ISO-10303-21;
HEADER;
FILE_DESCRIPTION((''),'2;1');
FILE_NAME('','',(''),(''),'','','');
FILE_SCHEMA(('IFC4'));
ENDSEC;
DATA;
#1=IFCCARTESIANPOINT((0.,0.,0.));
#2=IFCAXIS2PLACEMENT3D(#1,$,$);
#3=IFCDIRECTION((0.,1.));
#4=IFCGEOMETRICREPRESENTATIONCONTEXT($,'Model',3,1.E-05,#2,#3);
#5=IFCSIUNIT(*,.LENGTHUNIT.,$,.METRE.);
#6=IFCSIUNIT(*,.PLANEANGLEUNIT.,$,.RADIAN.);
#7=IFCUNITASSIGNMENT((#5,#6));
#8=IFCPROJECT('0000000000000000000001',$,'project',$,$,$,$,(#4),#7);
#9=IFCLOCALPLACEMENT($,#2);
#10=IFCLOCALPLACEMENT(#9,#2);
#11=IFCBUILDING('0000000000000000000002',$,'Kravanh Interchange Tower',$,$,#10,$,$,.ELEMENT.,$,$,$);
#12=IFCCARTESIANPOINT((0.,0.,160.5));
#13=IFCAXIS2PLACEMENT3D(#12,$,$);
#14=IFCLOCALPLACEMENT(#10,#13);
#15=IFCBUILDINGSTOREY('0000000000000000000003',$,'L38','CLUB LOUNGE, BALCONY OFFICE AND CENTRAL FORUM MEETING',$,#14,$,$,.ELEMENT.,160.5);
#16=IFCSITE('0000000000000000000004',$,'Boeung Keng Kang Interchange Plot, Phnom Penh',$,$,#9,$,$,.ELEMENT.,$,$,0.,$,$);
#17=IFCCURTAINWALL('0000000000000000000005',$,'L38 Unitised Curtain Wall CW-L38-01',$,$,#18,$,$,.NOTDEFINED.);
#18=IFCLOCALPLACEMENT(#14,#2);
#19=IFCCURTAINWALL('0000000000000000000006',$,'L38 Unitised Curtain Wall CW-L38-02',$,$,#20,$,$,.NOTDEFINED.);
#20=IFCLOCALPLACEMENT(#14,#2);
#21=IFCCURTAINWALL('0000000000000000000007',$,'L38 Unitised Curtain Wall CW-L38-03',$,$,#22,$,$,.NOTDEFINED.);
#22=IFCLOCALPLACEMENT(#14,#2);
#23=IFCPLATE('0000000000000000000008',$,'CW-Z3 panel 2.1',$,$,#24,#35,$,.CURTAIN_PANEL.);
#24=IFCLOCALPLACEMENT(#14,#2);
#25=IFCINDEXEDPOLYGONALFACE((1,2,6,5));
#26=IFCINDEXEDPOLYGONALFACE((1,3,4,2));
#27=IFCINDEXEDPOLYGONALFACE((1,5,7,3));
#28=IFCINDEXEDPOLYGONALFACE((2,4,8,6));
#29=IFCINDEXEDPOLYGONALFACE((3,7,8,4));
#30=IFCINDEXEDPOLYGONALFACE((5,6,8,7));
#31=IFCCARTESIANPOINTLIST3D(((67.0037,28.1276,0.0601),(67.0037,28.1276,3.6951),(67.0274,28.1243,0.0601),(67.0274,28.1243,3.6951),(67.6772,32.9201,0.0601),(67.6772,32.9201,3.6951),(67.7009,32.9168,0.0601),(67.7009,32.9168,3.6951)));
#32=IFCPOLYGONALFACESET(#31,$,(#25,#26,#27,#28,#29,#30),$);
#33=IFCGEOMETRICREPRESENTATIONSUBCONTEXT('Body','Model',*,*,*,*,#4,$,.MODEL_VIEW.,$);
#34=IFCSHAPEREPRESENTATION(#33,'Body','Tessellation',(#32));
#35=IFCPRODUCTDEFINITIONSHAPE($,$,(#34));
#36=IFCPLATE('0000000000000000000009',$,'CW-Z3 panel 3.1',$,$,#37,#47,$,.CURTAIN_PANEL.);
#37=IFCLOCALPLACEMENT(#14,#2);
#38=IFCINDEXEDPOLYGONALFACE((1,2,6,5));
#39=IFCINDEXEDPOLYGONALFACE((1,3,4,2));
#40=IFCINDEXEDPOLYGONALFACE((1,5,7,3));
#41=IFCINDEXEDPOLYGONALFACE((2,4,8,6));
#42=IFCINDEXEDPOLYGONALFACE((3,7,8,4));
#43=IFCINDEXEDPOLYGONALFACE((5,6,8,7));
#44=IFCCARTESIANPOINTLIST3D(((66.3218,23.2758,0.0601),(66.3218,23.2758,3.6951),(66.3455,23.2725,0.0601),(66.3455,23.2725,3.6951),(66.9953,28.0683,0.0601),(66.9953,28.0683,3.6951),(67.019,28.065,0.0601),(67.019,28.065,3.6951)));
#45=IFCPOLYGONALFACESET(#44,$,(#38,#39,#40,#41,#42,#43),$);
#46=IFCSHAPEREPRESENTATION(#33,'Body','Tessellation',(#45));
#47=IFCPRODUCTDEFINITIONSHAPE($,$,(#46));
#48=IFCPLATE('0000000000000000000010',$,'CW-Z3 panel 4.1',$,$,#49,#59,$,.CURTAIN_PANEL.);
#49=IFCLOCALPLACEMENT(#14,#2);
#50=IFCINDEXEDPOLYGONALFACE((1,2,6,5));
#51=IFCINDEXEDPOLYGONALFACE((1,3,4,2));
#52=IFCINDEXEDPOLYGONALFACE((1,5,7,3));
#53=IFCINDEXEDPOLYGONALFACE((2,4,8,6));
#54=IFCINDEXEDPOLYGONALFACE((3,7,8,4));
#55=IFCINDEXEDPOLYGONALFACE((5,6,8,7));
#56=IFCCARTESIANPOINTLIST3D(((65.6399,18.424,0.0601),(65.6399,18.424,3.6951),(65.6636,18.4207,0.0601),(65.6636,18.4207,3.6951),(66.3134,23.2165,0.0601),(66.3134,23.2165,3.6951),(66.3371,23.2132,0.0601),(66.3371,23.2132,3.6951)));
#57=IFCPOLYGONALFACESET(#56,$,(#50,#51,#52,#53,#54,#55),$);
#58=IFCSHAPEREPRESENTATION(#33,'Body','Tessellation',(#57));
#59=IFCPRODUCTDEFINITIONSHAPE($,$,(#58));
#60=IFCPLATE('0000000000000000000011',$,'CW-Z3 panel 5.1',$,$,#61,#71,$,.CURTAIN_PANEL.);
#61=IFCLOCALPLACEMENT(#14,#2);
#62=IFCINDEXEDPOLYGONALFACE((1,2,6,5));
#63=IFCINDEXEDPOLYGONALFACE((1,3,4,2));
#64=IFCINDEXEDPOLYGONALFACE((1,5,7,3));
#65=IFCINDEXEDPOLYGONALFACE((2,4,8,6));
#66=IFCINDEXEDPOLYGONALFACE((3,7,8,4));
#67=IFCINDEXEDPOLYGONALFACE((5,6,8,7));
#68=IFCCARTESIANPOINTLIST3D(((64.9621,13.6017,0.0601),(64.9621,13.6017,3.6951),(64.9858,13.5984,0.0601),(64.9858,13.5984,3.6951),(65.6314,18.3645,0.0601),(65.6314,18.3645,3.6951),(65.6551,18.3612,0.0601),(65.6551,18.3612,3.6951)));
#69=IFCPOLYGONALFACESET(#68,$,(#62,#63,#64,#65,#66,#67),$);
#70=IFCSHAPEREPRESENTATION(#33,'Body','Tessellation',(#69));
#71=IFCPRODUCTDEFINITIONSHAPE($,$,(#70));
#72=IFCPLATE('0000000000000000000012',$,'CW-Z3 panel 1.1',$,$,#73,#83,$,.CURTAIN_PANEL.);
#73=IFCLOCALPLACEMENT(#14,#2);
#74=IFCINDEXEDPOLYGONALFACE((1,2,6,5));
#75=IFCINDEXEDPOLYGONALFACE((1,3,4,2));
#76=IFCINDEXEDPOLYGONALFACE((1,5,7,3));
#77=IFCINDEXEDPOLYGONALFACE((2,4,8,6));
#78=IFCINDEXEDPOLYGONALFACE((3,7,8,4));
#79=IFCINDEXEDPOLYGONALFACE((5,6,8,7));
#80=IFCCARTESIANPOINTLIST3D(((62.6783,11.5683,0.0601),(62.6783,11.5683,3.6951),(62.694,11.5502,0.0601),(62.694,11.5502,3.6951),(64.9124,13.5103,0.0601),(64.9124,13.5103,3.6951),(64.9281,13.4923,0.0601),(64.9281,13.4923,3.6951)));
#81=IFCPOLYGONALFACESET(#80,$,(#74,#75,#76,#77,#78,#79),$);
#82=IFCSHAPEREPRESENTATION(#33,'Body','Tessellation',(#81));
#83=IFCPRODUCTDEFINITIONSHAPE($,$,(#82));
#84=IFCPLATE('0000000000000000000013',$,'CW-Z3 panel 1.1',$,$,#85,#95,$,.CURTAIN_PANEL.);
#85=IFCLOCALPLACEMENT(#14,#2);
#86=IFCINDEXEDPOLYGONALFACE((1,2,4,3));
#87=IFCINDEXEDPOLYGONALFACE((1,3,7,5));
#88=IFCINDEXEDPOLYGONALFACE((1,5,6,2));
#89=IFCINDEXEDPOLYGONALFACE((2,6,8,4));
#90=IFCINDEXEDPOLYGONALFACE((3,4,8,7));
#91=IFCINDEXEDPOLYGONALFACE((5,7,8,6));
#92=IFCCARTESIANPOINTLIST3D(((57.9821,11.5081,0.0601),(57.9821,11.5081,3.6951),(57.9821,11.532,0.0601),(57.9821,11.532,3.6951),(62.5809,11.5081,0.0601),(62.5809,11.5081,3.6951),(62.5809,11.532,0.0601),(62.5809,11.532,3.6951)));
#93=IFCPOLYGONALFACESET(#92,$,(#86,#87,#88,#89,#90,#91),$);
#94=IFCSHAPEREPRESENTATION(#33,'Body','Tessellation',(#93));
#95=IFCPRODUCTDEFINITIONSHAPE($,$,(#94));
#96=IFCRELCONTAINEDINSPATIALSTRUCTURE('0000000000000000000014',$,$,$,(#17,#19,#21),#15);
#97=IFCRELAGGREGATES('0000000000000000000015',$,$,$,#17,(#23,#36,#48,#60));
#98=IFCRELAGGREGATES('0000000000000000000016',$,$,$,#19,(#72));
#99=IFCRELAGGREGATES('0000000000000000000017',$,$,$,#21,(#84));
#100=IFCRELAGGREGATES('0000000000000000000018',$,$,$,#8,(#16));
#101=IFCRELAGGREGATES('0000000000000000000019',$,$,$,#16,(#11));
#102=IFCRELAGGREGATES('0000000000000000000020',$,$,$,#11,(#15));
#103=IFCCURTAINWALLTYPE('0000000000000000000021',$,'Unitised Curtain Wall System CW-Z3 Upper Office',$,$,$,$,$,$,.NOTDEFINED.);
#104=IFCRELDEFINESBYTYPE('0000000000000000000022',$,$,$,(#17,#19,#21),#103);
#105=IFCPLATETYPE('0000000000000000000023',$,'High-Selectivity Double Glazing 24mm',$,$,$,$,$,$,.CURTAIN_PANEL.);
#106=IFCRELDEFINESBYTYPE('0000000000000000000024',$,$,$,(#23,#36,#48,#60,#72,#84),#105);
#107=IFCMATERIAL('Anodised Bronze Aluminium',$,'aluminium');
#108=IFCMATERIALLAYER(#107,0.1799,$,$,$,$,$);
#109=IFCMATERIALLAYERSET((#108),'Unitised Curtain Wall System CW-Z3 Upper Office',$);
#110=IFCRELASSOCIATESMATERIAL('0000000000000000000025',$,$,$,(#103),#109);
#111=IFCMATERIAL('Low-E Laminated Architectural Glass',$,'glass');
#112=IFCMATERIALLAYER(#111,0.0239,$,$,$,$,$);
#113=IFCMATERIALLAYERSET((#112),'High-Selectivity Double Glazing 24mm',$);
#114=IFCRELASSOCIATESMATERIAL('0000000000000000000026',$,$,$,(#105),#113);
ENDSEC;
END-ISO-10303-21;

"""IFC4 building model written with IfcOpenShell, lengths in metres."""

from ifc_helpers import new_model, si_unit, direction, frame, origin, origin_2d, place, context, subcontext, project, spatial, rectangle, extrude, material, layer, layer_set, type_object, element, aggregate, save


model = new_model("IFC4")

# Units and contexts
model_context = context("Model", 3, precision=1e-05, world=origin(), true_north=direction((0.0, 1.0)))
body_context = subcontext(model_context, "Body", "Model", "MODEL_VIEW")
ifc_project = project(units=[si_unit("LENGTHUNIT", "METRE"), si_unit("PLANEANGLEUNIT", "RADIAN")], contexts=[model_context])

# Site, building, storey
site_placement = place(None, origin())
site = spatial("IfcSite", under=ifc_project, at=site_placement, Name="Boeung Keng Kang Interchange Plot, Phnom Penh", CompositionType="ELEMENT", RefElevation=0.0)
building_placement = place(site_placement, origin())
building = spatial("IfcBuilding", under=site, at=building_placement, Name="Kravanh Interchange Tower", CompositionType="ELEMENT")
storey_placement = place(building_placement, frame((0.0, 0.0, 160.5)))
storey = spatial("IfcBuildingStorey", under=building, at=storey_placement, Name="L38", Description="CLUB LOUNGE, BALCONY OFFICE AND CENTRAL FORUM MEETING", CompositionType="ELEMENT", Elevation=160.5)

# Curtain walls
ifc_material_1 = material(Name="Anodised Bronze Aluminium", Category="aluminium")
ifc_layer_1 = layer(ifc_material_1, 0.1799)
ifc_layer_set_1 = layer_set([ifc_layer_1], Name="Unitised Curtain Wall System CW-Z3 Upper Office")
curtain_wall_type = type_object("IfcCurtainWallType", Name="Unitised Curtain Wall System CW-Z3 Upper Office", PredefinedType="NOTDEFINED", material=ifc_layer_set_1)
curtain_wall_1_placement = place(storey_placement, origin())
curtain_wall_1 = element("IfcCurtainWall", 1, at=curtain_wall_1_placement, inside=storey, type_object=curtain_wall_type, Name="L38 Unitised Curtain Wall CW-L38-01", PredefinedType="NOTDEFINED")
curtain_wall_2_placement = place(storey_placement, origin())
curtain_wall_2 = element("IfcCurtainWall", 2, at=curtain_wall_2_placement, inside=storey, type_object=curtain_wall_type, Name="L38 Unitised Curtain Wall CW-L38-02", PredefinedType="NOTDEFINED")

# Curtain wall
curtain_wall_3_placement = place(storey_placement, origin())
curtain_wall_3 = element("IfcCurtainWall", 3, at=curtain_wall_3_placement, inside=storey, type_object=curtain_wall_type, Name="L38 Unitised Curtain Wall CW-L38-03", PredefinedType="NOTDEFINED")

# Plates
ifc_material_2 = material(Name="Low-E Laminated Architectural Glass", Category="glass")
ifc_layer_2 = layer(ifc_material_2, 0.0239)
ifc_layer_set_2 = layer_set([ifc_layer_2], Name="High-Selectivity Double Glazing 24mm")
plate_type = type_object("IfcPlateType", Name="High-Selectivity Double Glazing 24mm", PredefinedType="CURTAIN_PANEL", material=ifc_layer_set_2)
plate_1_placement = place(storey_placement, frame((67.3523, 30.5222, 0.0601), z_axis=(0.0, 0.0, 1.0), x_axis=(-0.139172, -0.990268, 0.0)))
plate_1 = element("IfcPlate", 4, at=plate_1_placement, type_object=plate_type, Name="CW-Z3 panel 2.1", PredefinedType="CURTAIN_PANEL", context=body_context, shape_type="SweptSolid", body=[
    extrude(rectangle(XDim=4.8396, YDim=0.0239, at=origin_2d()), origin(), (0.0, 0.0, 1.0), 3.635),
])
plate_2_placement = place(storey_placement, frame((66.6704, 25.6704, 0.0601), z_axis=(0.0, 0.0, 1.0), x_axis=(-0.139172, -0.990268, 0.0)))
plate_2 = element("IfcPlate", 5, at=plate_2_placement, type_object=plate_type, Name="CW-Z3 panel 3.1", PredefinedType="CURTAIN_PANEL", context=body_context, shape_type="SweptSolid", body=[
    extrude(rectangle(XDim=4.8396, YDim=0.0239, at=origin_2d()), origin(), (0.0, 0.0, 1.0), 3.635),
])
plate_3_placement = place(storey_placement, frame((65.9885, 20.8186, 0.0601), z_axis=(0.0, 0.0, 1.0), x_axis=(-0.139172, -0.990268, 0.0)))
plate_3 = element("IfcPlate", 6, at=plate_3_placement, type_object=plate_type, Name="CW-Z3 panel 4.1", PredefinedType="CURTAIN_PANEL", context=body_context, shape_type="SweptSolid", body=[
    extrude(rectangle(XDim=4.8396, YDim=0.0239, at=origin_2d()), origin(), (0.0, 0.0, 1.0), 3.635),
])
plate_4_placement = place(storey_placement, frame((65.3086, 15.9814, 0.0601), z_axis=(0.0, 0.0, 1.0), x_axis=(-0.139172, -0.990268, 0.0)))
plate_4 = element("IfcPlate", 7, at=plate_4_placement, type_object=plate_type, Name="CW-Z3 panel 5.1", PredefinedType="CURTAIN_PANEL", context=body_context, shape_type="SweptSolid", body=[
    extrude(rectangle(XDim=4.8096, YDim=0.0239, at=origin_2d()), origin(), (0.0, 0.0, 1.0), 3.635),
])
aggregate(curtain_wall_1, [plate_1, plate_2, plate_3, plate_4])
plate_5_placement = place(storey_placement, frame((63.8032, 12.5303, 0.0601), z_axis=(0.0, 0.0, 1.0), x_axis=(-0.754717, -0.656051, 0.0)))
plate_5 = element("IfcPlate", 8, at=plate_5_placement, type_object=plate_type, Name="CW-Z3 panel 1.1", PredefinedType="CURTAIN_PANEL", context=body_context, shape_type="SweptSolid", body=[
    extrude(rectangle(XDim=2.9602, YDim=0.0239, at=origin_2d()), origin(), (0.0, 0.0, 1.0), 3.635),
])
aggregate(curtain_wall_2, [plate_5])
plate_6_placement = place(storey_placement, frame((60.2815, 11.52, 0.0601), z_axis=(0.0, 0.0, 1.0), x_axis=(-1.0, 0.0, 0.0)))
plate_6 = element("IfcPlate", 9, at=plate_6_placement, type_object=plate_type, Name="CW-Z3 panel 1.1", PredefinedType="CURTAIN_PANEL", context=body_context, shape_type="SweptSolid", body=[
    extrude(rectangle(XDim=4.5989, YDim=0.0239, at=origin_2d()), origin(), (0.0, 0.0, 1.0), 3.635),
])
aggregate(curtain_wall_3, [plate_6])

save(model, "model.ifc")
